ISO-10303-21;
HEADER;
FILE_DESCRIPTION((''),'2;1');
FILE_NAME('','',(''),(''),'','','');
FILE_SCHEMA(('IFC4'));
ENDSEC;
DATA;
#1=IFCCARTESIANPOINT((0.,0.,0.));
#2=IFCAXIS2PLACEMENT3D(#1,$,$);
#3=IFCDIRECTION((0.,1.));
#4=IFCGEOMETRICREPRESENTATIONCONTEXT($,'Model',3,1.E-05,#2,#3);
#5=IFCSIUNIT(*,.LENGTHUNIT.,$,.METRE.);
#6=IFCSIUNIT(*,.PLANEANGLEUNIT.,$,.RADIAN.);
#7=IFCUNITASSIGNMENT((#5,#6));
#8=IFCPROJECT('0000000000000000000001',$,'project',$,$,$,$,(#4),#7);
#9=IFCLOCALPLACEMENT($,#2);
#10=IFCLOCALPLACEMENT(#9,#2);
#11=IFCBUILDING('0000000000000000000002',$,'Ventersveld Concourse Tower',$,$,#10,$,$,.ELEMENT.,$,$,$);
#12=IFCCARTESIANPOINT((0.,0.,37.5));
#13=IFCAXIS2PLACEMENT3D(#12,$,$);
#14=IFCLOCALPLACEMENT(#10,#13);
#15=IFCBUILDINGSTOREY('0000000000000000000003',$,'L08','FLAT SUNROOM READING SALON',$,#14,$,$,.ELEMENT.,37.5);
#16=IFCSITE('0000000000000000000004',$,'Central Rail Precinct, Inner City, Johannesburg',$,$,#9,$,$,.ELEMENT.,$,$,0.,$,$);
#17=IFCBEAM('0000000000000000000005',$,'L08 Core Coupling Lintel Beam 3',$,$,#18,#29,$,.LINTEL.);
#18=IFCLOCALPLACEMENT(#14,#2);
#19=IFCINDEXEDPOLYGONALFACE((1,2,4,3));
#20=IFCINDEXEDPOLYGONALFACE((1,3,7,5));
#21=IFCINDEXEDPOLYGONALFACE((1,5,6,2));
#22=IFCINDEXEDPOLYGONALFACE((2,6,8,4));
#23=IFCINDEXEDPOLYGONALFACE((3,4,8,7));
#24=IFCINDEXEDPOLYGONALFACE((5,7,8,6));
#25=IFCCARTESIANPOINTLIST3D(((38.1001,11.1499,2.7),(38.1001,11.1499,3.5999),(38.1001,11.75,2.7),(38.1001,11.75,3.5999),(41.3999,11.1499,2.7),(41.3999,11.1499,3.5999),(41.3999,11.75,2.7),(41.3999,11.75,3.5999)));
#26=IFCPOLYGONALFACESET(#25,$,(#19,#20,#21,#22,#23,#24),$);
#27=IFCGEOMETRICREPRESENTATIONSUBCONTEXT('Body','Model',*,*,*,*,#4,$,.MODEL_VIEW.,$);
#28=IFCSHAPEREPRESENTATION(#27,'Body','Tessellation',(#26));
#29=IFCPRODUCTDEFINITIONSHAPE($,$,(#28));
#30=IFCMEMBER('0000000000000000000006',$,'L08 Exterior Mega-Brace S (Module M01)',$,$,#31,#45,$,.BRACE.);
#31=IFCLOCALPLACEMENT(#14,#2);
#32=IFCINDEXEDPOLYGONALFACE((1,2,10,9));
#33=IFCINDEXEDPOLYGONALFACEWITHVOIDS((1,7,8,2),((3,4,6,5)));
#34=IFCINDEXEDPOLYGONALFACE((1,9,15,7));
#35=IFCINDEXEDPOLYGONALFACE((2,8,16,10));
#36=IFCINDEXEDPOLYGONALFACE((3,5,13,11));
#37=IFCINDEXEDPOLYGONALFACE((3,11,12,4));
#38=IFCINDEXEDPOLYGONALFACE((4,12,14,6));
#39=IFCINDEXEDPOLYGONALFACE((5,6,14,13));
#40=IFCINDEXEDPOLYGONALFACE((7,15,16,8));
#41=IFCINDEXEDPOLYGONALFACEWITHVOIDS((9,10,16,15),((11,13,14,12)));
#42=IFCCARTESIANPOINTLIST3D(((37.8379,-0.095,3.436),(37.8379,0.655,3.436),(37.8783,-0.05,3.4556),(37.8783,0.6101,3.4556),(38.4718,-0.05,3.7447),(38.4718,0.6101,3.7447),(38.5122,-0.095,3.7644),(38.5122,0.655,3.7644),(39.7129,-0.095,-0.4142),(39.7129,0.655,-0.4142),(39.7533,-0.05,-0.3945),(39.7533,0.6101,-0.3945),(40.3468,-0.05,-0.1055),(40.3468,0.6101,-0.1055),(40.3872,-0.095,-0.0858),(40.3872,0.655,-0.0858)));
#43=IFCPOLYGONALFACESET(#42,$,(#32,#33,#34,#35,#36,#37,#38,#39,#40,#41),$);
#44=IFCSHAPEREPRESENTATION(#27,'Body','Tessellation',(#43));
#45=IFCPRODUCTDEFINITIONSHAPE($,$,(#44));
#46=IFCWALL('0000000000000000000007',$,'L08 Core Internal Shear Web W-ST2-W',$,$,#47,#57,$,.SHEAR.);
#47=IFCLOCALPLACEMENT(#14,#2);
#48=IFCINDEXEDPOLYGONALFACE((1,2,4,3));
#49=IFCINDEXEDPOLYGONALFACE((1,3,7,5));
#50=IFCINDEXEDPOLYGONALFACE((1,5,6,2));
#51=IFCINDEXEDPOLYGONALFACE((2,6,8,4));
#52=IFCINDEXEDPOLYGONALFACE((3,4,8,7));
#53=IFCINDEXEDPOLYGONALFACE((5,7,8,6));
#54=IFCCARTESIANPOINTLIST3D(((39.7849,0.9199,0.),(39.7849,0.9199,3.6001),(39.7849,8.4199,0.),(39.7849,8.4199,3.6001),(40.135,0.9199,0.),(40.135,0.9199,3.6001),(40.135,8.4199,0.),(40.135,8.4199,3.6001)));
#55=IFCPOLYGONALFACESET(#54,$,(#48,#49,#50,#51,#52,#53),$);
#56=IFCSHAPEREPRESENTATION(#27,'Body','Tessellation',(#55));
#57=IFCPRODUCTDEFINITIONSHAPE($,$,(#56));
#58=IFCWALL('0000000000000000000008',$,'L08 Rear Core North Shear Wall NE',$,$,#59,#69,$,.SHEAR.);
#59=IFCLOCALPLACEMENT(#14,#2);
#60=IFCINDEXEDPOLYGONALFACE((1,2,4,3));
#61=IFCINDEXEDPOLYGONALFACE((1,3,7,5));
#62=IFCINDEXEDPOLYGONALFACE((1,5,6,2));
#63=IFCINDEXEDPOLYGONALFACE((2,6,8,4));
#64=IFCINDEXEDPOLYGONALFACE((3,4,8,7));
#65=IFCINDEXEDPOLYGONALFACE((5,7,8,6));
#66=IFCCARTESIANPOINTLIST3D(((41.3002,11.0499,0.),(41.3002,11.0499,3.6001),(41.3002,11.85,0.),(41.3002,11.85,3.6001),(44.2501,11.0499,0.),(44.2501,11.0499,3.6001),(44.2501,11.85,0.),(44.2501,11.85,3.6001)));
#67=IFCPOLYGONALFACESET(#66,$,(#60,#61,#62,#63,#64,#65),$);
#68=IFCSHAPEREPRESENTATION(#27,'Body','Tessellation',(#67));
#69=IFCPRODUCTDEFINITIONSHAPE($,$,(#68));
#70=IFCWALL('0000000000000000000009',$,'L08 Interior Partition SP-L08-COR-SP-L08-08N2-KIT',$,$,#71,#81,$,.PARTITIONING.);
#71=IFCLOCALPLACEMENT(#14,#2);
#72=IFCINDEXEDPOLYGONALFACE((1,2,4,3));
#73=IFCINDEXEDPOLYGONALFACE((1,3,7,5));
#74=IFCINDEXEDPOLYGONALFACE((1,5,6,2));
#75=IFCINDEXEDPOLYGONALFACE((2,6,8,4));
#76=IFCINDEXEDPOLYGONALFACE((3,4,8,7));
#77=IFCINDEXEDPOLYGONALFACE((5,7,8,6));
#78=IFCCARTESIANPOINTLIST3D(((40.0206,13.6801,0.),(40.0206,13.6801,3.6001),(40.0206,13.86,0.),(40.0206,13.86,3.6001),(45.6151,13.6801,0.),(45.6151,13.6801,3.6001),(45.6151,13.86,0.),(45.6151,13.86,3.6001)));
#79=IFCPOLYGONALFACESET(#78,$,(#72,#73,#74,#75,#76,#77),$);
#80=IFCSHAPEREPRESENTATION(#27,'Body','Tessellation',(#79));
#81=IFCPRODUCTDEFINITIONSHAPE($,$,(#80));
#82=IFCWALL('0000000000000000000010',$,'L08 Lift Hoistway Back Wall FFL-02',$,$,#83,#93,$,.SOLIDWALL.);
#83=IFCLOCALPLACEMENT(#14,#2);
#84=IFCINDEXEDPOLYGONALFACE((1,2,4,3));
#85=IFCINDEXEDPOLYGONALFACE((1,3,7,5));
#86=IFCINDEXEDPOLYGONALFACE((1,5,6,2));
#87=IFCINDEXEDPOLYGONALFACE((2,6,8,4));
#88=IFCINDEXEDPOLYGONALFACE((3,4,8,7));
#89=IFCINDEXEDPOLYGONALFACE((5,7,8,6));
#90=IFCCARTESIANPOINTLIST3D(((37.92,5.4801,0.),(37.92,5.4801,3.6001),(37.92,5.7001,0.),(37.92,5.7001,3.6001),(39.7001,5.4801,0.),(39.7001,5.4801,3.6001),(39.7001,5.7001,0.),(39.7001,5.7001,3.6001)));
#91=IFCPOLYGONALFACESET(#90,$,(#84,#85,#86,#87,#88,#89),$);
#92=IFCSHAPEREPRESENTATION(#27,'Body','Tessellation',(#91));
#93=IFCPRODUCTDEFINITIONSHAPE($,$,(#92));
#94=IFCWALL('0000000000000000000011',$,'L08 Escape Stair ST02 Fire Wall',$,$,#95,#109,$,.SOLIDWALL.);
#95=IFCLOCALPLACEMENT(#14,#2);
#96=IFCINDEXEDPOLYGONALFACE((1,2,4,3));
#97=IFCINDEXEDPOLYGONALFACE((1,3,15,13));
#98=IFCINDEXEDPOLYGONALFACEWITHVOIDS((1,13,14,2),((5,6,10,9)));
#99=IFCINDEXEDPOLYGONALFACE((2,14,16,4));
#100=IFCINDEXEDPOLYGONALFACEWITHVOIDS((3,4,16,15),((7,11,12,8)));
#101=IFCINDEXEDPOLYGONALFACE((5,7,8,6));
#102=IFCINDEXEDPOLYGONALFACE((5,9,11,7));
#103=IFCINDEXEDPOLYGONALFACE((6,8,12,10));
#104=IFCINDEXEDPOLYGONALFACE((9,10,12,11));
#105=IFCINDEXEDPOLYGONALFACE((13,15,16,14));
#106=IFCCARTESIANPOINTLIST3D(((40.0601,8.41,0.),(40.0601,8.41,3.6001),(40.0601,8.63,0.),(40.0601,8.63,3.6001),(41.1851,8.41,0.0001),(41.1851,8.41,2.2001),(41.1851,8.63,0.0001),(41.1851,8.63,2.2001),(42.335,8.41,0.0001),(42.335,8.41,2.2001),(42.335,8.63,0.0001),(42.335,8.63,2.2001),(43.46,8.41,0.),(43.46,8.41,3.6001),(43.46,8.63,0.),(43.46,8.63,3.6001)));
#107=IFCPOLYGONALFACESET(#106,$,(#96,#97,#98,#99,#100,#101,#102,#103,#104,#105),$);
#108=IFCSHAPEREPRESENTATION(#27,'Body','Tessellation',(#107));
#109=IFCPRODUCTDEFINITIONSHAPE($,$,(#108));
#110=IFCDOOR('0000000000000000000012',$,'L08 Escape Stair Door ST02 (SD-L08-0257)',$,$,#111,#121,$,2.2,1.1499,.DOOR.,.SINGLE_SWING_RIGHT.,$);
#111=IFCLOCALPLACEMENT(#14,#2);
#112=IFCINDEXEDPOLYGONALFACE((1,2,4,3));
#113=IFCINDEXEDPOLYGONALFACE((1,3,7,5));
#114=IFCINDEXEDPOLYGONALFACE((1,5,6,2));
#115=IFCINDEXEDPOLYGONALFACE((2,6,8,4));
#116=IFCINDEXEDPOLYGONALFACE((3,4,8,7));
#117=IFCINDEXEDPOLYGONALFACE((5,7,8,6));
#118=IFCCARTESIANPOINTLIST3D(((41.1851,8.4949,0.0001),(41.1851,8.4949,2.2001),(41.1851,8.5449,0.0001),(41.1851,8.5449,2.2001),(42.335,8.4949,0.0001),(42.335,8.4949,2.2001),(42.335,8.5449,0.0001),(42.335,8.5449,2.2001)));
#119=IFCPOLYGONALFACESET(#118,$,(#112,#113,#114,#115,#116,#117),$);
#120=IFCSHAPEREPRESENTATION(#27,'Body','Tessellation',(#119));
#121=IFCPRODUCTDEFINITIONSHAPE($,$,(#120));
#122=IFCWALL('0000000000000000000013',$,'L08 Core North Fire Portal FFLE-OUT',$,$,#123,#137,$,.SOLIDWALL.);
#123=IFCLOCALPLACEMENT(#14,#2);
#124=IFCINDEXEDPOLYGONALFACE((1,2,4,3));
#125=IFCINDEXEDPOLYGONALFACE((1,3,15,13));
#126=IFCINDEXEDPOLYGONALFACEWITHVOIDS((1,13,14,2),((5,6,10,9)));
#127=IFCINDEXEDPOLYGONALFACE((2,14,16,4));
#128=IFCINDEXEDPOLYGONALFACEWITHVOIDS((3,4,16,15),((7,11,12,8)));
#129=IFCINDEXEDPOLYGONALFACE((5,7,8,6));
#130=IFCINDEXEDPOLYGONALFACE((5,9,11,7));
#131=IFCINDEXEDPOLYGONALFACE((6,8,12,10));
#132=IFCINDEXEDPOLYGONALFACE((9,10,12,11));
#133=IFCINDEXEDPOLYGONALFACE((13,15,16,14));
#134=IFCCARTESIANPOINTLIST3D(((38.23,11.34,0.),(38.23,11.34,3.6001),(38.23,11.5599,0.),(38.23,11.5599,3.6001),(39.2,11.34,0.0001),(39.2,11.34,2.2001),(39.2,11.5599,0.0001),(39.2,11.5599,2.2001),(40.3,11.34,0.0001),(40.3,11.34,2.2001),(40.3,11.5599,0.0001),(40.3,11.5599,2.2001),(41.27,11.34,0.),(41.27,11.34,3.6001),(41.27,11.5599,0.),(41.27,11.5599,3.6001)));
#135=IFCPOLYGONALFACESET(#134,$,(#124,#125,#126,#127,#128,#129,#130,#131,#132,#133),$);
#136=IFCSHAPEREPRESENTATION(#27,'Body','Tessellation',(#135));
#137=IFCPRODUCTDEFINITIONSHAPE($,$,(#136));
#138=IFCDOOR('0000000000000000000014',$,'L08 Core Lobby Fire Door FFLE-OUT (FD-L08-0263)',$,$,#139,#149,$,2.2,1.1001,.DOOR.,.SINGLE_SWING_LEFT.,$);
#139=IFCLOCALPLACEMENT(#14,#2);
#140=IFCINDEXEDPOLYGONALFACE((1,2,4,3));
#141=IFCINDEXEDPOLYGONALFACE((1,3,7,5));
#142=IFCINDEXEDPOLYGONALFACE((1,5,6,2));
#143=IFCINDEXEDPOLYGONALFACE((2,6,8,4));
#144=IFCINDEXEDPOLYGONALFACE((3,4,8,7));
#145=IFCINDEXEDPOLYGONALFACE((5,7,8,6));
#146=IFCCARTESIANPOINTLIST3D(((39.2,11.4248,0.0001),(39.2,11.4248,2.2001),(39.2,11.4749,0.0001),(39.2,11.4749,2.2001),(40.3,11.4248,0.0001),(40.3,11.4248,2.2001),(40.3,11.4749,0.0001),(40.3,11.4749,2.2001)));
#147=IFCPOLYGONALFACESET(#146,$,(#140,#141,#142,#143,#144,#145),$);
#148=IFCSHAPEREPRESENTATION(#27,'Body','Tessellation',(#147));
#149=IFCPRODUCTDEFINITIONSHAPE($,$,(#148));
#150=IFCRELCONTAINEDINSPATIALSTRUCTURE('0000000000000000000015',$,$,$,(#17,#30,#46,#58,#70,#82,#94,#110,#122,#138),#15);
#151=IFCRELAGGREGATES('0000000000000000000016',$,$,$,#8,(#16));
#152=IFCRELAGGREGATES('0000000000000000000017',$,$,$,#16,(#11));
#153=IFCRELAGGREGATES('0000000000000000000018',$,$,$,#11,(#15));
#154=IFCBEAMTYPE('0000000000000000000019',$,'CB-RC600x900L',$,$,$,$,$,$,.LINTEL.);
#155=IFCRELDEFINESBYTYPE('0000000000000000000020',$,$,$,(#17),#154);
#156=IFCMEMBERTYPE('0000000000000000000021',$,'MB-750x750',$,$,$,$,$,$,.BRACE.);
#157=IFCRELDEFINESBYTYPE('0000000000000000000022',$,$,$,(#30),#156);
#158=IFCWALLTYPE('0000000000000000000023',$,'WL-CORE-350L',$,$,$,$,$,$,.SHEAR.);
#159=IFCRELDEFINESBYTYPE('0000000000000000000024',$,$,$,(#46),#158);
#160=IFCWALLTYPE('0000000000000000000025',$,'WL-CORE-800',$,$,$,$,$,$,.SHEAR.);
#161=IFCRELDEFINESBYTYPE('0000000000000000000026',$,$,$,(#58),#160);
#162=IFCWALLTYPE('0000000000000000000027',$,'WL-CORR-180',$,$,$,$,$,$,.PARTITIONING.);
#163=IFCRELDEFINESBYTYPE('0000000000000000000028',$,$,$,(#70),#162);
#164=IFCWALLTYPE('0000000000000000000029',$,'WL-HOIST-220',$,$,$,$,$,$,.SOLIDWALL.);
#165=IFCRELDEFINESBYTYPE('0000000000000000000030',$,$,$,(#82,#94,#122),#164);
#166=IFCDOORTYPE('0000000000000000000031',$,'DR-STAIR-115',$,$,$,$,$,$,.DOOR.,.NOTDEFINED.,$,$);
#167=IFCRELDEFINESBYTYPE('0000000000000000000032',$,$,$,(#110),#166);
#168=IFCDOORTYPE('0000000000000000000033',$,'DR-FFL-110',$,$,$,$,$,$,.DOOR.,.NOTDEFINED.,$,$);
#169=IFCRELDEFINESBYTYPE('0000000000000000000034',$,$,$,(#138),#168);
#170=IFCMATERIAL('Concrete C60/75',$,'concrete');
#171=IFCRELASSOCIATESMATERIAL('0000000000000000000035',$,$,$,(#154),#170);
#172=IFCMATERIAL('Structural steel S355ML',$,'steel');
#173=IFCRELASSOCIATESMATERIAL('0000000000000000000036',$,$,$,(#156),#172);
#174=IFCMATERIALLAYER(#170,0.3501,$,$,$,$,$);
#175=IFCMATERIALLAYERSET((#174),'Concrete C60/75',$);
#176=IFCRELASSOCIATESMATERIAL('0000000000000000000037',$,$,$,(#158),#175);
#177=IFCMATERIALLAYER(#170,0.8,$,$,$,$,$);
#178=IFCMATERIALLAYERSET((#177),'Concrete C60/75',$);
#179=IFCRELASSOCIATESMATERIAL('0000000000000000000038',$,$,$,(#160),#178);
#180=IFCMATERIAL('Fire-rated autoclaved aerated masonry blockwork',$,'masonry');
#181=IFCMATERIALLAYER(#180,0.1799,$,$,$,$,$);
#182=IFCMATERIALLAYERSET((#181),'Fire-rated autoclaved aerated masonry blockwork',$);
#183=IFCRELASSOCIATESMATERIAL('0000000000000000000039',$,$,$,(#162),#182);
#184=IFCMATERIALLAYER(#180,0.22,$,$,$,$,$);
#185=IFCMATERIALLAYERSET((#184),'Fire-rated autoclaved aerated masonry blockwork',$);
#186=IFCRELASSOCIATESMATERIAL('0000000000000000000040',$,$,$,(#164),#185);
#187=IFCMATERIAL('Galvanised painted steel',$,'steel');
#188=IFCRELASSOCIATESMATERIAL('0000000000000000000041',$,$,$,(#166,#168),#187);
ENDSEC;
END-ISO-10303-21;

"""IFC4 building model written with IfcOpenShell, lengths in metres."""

from ifc_helpers import new_model, si_unit, direction, frame, frame_2d, origin, origin_2d, place, context, subcontext, project, spatial, rectangle, hollow_rectangle, extrude, material, layer, layer_set, material_profile, profile_set, type_object, element, fill, save


model = new_model("IFC4")

# Units and contexts
model_context = context("Model", 3, precision=1e-05, world=origin(), true_north=direction((0.0, 1.0)))
body_context = subcontext(model_context, "Body", "Model", "MODEL_VIEW")
ifc_project = project(units=[si_unit("LENGTHUNIT", "METRE"), si_unit("PLANEANGLEUNIT", "RADIAN")], contexts=[model_context])

# Site, building, storey
site_placement = place(None, origin())
site = spatial("IfcSite", under=ifc_project, at=site_placement, Name="Central Rail Precinct, Inner City, Johannesburg", CompositionType="ELEMENT", RefElevation=0.0)
building_placement = place(site_placement, origin())
building = spatial("IfcBuilding", under=site, at=building_placement, Name="Ventersveld Concourse Tower", CompositionType="ELEMENT")
storey_placement = place(building_placement, frame((0.0, 0.0, 37.5)))
storey = spatial("IfcBuildingStorey", under=building, at=storey_placement, Name="L08", Description="FLAT SUNROOM READING SALON", CompositionType="ELEMENT", Elevation=37.5)

# Beam
ifc_material_1 = material(Name="Concrete C60/75", Category="concrete")
ifc_material_profile_1 = material_profile(ifc_material_1, rectangle(XDim=0.6001, YDim=0.8999, at=origin_2d()), Name="RC 600x900")
ifc_profile_set_1 = profile_set([ifc_material_profile_1], Name="Concrete C60/75")
beam_type = type_object("IfcBeamType", Name="CB-RC600x900L", PredefinedType="LINTEL", material=ifc_profile_set_1)
beam_placement = place(storey_placement, frame((38.1001, 11.45, 3.1499), z_axis=(1.0, 0.0, 0.0), x_axis=(0.0, 1.0, 0.0)))
element("IfcBeam", 1, at=beam_placement, inside=storey, type_object=beam_type, Name="L08 Core Coupling Lintel Beam 3", PredefinedType="LINTEL", context=body_context, shape_type="SweptSolid", body=[
    extrude(rectangle(XDim=0.6001, YDim=0.8999, at=origin_2d()), origin(), (0.0, 0.0, 1.0), 3.2998),
])

# Member
ifc_material_2 = material(Name="Structural steel S355ML", Category="steel")
ifc_material_profile_2 = material_profile(ifc_material_2, hollow_rectangle(XDim=0.75, YDim=0.75, WallThickness=0.0449, at=origin_2d()), Name="BOX 750x750x45")
ifc_profile_set_2 = profile_set([ifc_material_profile_2], Name="Structural steel S355ML")
member_type = type_object("IfcMemberType", Name="MB-750x750", PredefinedType="BRACE", material=ifc_profile_set_2)
member_placement = place(storey_placement, frame((40.05, 0.28, -0.25), z_axis=(-0.437839, 0.0, 0.899053), x_axis=(0.0, -1.0, 0.0)))
element("IfcMember", 2, at=member_placement, inside=storey, type_object=member_type, Name="L08 Exterior Mega-Brace S (Module M01)", PredefinedType="BRACE", context=body_context, shape_type="SweptSolid", body=[
    extrude(hollow_rectangle(XDim=0.75, YDim=0.75, WallThickness=0.0449, at=origin_2d()), origin(), (0.0, 0.0, 1.0), 4.2825),
])

# Walls
ifc_layer_1 = layer(ifc_material_1, 0.3501)
ifc_layer_set_1 = layer_set([ifc_layer_1], Name="Concrete C60/75")
wall_type_1 = type_object("IfcWallType", Name="WL-CORE-350L", PredefinedType="SHEAR", material=ifc_layer_set_1)
wall_1_placement = place(storey_placement, frame((39.96, 0.9199, 0.0), z_axis=(0.0, 0.0, 1.0), x_axis=(0.0, 1.0, 0.0)))
element("IfcWall", 3, at=wall_1_placement, inside=storey, type_object=wall_type_1, Name="L08 Core Internal Shear Web W-ST2-W", PredefinedType="SHEAR", context=body_context, shape_type="SweptSolid", body=[
    extrude(rectangle(XDim=7.5, YDim=0.3501, at=frame_2d((3.75, 0.0))), origin(), (0.0, 0.0, 1.0), 3.6001),
])
ifc_layer_2 = layer(ifc_material_1, 0.8)
ifc_layer_set_2 = layer_set([ifc_layer_2], Name="Concrete C60/75")
wall_type_2 = type_object("IfcWallType", Name="WL-CORE-800", PredefinedType="SHEAR", material=ifc_layer_set_2)
wall_2_placement = place(storey_placement, frame((41.3, 11.45, 0.0), z_axis=(0.0, 0.0, 1.0), x_axis=(1.0, 0.0, 0.0)))
element("IfcWall", 4, at=wall_2_placement, inside=storey, type_object=wall_type_2, Name="L08 Rear Core North Shear Wall NE", PredefinedType="SHEAR", context=body_context, shape_type="SweptSolid", body=[
    extrude(rectangle(XDim=2.95, YDim=0.8, at=frame_2d((1.4751, 0.0))), origin(), (0.0, 0.0, 1.0), 3.6001),
])
ifc_material_3 = material(Name="Fire-rated autoclaved aerated masonry blockwork", Category="masonry")
ifc_layer_3 = layer(ifc_material_3, 0.1799)
ifc_layer_set_3 = layer_set([ifc_layer_3], Name="Fire-rated autoclaved aerated masonry blockwork")
wall_type_3 = type_object("IfcWallType", Name="WL-CORR-180", PredefinedType="PARTITIONING", material=ifc_layer_set_3)
wall_3_placement = place(storey_placement, frame((40.0205, 13.77, 0.0), z_axis=(0.0, 0.0, 1.0), x_axis=(1.0, 0.0, 0.0)))
element("IfcWall", 5, at=wall_3_placement, inside=storey, type_object=wall_type_3, Name="L08 Interior Partition SP-L08-COR-SP-L08-08N2-KIT", PredefinedType="PARTITIONING", context=body_context, shape_type="SweptSolid", body=[
    extrude(rectangle(XDim=5.5945, YDim=0.1799, at=frame_2d((2.7974, 0.0))), origin(), (0.0, 0.0, 1.0), 3.6001),
])
ifc_layer_4 = layer(ifc_material_3, 0.22)
ifc_layer_set_4 = layer_set([ifc_layer_4], Name="Fire-rated autoclaved aerated masonry blockwork")
wall_type_4 = type_object("IfcWallType", Name="WL-HOIST-220", PredefinedType="SOLIDWALL", material=ifc_layer_set_4)
wall_4_placement = place(storey_placement, frame((37.9199, 5.5901, 0.0), z_axis=(0.0, 0.0, 1.0), x_axis=(1.0, 0.0, 0.0)))
element("IfcWall", 6, at=wall_4_placement, inside=storey, type_object=wall_type_4, Name="L08 Lift Hoistway Back Wall FFL-02", PredefinedType="SOLIDWALL", context=body_context, shape_type="SweptSolid", body=[
    extrude(rectangle(XDim=1.78, YDim=0.22, at=frame_2d((0.8901, 0.0))), origin(), (0.0, 0.0, 1.0), 3.6001),
])

# Walls, openings, doors
wall_5_placement = place(storey_placement, frame((40.0601, 8.52, 0.0), z_axis=(0.0, 0.0, 1.0), x_axis=(1.0, 0.0, 0.0)))
wall_5 = element("IfcWall", 7, at=wall_5_placement, inside=storey, type_object=wall_type_4, Name="L08 Escape Stair ST02 Fire Wall", PredefinedType="SOLIDWALL", context=body_context, shape_type="SweptSolid", body=[
    extrude(rectangle(XDim=3.3999, YDim=0.22, at=frame_2d((1.7, 0.0))), origin(), (0.0, 0.0, 1.0), 3.6001),
])
opening_1_placement = place(wall_5_placement, frame((1.125, 0.0, 0.0)))
opening_1 = element("IfcOpeningElement", 8, at=opening_1_placement, cuts=wall_5, PredefinedType="OPENING", context=body_context, shape_type="SweptSolid", body=[
    extrude(rectangle(XDim=1.1499, YDim=2.2, at=frame_2d((0.575, 1.1001))), frame((0.0, 0.1201, 0.0), z_axis=(0.0, -1.0, 0.0), x_axis=(1.0, 0.0, 0.0)), (0.0, 0.0, 1.0), 0.24),
])
ifc_material_4 = material(Name="Galvanised painted steel", Category="steel")
door_type_1 = type_object("IfcDoorType", Name="DR-STAIR-115", OperationType="NOTDEFINED", PredefinedType="DOOR", material=ifc_material_4)
door_1_placement = place(opening_1_placement, origin())
door_1 = element("IfcDoor", 9, at=door_1_placement, inside=storey, type_object=door_type_1, Name="L08 Escape Stair Door ST02 (SD-L08-0257)", OperationType="SINGLE_SWING_RIGHT", OverallHeight=2.2, OverallWidth=1.1499, PredefinedType="DOOR", context=body_context, shape_type="SweptSolid", body=[
    extrude(rectangle(XDim=1.1499, YDim=2.2, at=frame_2d((0.575, 1.1001))), frame((0.0, 0.0249, 0.0), z_axis=(0.0, -1.0, 0.0), x_axis=(1.0, 0.0, 0.0)), (0.0, 0.0, 1.0), 0.05),
])
fill(opening_1, door_1)
wall_6_placement = place(storey_placement, frame((38.23, 11.45, 0.0), z_axis=(0.0, 0.0, 1.0), x_axis=(1.0, 0.0, 0.0)))
wall_6 = element("IfcWall", 10, at=wall_6_placement, inside=storey, type_object=wall_type_4, Name="L08 Core North Fire Portal FFLE-OUT", PredefinedType="SOLIDWALL", context=body_context, shape_type="SweptSolid", body=[
    extrude(rectangle(XDim=3.04, YDim=0.22, at=frame_2d((1.52, 0.0))), origin(), (0.0, 0.0, 1.0), 3.6001),
])
opening_2_placement = place(wall_6_placement, frame((0.97, 0.0, 0.0)))
opening_2 = element("IfcOpeningElement", 11, at=opening_2_placement, cuts=wall_6, PredefinedType="OPENING", context=body_context, shape_type="SweptSolid", body=[
    extrude(rectangle(XDim=1.1001, YDim=2.2, at=frame_2d((0.55, 1.1001))), frame((0.0, 0.1201, 0.0), z_axis=(0.0, -1.0, 0.0), x_axis=(1.0, 0.0, 0.0)), (0.0, 0.0, 1.0), 0.24),
])
door_type_2 = type_object("IfcDoorType", Name="DR-FFL-110", OperationType="NOTDEFINED", PredefinedType="DOOR", material=ifc_material_4)
door_2_placement = place(opening_2_placement, origin())
door_2 = element("IfcDoor", 12, at=door_2_placement, inside=storey, type_object=door_type_2, Name="L08 Core Lobby Fire Door FFLE-OUT (FD-L08-0263)", OperationType="SINGLE_SWING_LEFT", OverallHeight=2.2, OverallWidth=1.1001, PredefinedType="DOOR", context=body_context, shape_type="SweptSolid", body=[
    extrude(rectangle(XDim=1.1001, YDim=2.2, at=frame_2d((0.55, 1.1001))), frame((0.0, 0.0249, 0.0), z_axis=(0.0, -1.0, 0.0), x_axis=(1.0, 0.0, 0.0)), (0.0, 0.0, 1.0), 0.05),
])
fill(opening_2, door_2)

save(model, "model.ifc")
